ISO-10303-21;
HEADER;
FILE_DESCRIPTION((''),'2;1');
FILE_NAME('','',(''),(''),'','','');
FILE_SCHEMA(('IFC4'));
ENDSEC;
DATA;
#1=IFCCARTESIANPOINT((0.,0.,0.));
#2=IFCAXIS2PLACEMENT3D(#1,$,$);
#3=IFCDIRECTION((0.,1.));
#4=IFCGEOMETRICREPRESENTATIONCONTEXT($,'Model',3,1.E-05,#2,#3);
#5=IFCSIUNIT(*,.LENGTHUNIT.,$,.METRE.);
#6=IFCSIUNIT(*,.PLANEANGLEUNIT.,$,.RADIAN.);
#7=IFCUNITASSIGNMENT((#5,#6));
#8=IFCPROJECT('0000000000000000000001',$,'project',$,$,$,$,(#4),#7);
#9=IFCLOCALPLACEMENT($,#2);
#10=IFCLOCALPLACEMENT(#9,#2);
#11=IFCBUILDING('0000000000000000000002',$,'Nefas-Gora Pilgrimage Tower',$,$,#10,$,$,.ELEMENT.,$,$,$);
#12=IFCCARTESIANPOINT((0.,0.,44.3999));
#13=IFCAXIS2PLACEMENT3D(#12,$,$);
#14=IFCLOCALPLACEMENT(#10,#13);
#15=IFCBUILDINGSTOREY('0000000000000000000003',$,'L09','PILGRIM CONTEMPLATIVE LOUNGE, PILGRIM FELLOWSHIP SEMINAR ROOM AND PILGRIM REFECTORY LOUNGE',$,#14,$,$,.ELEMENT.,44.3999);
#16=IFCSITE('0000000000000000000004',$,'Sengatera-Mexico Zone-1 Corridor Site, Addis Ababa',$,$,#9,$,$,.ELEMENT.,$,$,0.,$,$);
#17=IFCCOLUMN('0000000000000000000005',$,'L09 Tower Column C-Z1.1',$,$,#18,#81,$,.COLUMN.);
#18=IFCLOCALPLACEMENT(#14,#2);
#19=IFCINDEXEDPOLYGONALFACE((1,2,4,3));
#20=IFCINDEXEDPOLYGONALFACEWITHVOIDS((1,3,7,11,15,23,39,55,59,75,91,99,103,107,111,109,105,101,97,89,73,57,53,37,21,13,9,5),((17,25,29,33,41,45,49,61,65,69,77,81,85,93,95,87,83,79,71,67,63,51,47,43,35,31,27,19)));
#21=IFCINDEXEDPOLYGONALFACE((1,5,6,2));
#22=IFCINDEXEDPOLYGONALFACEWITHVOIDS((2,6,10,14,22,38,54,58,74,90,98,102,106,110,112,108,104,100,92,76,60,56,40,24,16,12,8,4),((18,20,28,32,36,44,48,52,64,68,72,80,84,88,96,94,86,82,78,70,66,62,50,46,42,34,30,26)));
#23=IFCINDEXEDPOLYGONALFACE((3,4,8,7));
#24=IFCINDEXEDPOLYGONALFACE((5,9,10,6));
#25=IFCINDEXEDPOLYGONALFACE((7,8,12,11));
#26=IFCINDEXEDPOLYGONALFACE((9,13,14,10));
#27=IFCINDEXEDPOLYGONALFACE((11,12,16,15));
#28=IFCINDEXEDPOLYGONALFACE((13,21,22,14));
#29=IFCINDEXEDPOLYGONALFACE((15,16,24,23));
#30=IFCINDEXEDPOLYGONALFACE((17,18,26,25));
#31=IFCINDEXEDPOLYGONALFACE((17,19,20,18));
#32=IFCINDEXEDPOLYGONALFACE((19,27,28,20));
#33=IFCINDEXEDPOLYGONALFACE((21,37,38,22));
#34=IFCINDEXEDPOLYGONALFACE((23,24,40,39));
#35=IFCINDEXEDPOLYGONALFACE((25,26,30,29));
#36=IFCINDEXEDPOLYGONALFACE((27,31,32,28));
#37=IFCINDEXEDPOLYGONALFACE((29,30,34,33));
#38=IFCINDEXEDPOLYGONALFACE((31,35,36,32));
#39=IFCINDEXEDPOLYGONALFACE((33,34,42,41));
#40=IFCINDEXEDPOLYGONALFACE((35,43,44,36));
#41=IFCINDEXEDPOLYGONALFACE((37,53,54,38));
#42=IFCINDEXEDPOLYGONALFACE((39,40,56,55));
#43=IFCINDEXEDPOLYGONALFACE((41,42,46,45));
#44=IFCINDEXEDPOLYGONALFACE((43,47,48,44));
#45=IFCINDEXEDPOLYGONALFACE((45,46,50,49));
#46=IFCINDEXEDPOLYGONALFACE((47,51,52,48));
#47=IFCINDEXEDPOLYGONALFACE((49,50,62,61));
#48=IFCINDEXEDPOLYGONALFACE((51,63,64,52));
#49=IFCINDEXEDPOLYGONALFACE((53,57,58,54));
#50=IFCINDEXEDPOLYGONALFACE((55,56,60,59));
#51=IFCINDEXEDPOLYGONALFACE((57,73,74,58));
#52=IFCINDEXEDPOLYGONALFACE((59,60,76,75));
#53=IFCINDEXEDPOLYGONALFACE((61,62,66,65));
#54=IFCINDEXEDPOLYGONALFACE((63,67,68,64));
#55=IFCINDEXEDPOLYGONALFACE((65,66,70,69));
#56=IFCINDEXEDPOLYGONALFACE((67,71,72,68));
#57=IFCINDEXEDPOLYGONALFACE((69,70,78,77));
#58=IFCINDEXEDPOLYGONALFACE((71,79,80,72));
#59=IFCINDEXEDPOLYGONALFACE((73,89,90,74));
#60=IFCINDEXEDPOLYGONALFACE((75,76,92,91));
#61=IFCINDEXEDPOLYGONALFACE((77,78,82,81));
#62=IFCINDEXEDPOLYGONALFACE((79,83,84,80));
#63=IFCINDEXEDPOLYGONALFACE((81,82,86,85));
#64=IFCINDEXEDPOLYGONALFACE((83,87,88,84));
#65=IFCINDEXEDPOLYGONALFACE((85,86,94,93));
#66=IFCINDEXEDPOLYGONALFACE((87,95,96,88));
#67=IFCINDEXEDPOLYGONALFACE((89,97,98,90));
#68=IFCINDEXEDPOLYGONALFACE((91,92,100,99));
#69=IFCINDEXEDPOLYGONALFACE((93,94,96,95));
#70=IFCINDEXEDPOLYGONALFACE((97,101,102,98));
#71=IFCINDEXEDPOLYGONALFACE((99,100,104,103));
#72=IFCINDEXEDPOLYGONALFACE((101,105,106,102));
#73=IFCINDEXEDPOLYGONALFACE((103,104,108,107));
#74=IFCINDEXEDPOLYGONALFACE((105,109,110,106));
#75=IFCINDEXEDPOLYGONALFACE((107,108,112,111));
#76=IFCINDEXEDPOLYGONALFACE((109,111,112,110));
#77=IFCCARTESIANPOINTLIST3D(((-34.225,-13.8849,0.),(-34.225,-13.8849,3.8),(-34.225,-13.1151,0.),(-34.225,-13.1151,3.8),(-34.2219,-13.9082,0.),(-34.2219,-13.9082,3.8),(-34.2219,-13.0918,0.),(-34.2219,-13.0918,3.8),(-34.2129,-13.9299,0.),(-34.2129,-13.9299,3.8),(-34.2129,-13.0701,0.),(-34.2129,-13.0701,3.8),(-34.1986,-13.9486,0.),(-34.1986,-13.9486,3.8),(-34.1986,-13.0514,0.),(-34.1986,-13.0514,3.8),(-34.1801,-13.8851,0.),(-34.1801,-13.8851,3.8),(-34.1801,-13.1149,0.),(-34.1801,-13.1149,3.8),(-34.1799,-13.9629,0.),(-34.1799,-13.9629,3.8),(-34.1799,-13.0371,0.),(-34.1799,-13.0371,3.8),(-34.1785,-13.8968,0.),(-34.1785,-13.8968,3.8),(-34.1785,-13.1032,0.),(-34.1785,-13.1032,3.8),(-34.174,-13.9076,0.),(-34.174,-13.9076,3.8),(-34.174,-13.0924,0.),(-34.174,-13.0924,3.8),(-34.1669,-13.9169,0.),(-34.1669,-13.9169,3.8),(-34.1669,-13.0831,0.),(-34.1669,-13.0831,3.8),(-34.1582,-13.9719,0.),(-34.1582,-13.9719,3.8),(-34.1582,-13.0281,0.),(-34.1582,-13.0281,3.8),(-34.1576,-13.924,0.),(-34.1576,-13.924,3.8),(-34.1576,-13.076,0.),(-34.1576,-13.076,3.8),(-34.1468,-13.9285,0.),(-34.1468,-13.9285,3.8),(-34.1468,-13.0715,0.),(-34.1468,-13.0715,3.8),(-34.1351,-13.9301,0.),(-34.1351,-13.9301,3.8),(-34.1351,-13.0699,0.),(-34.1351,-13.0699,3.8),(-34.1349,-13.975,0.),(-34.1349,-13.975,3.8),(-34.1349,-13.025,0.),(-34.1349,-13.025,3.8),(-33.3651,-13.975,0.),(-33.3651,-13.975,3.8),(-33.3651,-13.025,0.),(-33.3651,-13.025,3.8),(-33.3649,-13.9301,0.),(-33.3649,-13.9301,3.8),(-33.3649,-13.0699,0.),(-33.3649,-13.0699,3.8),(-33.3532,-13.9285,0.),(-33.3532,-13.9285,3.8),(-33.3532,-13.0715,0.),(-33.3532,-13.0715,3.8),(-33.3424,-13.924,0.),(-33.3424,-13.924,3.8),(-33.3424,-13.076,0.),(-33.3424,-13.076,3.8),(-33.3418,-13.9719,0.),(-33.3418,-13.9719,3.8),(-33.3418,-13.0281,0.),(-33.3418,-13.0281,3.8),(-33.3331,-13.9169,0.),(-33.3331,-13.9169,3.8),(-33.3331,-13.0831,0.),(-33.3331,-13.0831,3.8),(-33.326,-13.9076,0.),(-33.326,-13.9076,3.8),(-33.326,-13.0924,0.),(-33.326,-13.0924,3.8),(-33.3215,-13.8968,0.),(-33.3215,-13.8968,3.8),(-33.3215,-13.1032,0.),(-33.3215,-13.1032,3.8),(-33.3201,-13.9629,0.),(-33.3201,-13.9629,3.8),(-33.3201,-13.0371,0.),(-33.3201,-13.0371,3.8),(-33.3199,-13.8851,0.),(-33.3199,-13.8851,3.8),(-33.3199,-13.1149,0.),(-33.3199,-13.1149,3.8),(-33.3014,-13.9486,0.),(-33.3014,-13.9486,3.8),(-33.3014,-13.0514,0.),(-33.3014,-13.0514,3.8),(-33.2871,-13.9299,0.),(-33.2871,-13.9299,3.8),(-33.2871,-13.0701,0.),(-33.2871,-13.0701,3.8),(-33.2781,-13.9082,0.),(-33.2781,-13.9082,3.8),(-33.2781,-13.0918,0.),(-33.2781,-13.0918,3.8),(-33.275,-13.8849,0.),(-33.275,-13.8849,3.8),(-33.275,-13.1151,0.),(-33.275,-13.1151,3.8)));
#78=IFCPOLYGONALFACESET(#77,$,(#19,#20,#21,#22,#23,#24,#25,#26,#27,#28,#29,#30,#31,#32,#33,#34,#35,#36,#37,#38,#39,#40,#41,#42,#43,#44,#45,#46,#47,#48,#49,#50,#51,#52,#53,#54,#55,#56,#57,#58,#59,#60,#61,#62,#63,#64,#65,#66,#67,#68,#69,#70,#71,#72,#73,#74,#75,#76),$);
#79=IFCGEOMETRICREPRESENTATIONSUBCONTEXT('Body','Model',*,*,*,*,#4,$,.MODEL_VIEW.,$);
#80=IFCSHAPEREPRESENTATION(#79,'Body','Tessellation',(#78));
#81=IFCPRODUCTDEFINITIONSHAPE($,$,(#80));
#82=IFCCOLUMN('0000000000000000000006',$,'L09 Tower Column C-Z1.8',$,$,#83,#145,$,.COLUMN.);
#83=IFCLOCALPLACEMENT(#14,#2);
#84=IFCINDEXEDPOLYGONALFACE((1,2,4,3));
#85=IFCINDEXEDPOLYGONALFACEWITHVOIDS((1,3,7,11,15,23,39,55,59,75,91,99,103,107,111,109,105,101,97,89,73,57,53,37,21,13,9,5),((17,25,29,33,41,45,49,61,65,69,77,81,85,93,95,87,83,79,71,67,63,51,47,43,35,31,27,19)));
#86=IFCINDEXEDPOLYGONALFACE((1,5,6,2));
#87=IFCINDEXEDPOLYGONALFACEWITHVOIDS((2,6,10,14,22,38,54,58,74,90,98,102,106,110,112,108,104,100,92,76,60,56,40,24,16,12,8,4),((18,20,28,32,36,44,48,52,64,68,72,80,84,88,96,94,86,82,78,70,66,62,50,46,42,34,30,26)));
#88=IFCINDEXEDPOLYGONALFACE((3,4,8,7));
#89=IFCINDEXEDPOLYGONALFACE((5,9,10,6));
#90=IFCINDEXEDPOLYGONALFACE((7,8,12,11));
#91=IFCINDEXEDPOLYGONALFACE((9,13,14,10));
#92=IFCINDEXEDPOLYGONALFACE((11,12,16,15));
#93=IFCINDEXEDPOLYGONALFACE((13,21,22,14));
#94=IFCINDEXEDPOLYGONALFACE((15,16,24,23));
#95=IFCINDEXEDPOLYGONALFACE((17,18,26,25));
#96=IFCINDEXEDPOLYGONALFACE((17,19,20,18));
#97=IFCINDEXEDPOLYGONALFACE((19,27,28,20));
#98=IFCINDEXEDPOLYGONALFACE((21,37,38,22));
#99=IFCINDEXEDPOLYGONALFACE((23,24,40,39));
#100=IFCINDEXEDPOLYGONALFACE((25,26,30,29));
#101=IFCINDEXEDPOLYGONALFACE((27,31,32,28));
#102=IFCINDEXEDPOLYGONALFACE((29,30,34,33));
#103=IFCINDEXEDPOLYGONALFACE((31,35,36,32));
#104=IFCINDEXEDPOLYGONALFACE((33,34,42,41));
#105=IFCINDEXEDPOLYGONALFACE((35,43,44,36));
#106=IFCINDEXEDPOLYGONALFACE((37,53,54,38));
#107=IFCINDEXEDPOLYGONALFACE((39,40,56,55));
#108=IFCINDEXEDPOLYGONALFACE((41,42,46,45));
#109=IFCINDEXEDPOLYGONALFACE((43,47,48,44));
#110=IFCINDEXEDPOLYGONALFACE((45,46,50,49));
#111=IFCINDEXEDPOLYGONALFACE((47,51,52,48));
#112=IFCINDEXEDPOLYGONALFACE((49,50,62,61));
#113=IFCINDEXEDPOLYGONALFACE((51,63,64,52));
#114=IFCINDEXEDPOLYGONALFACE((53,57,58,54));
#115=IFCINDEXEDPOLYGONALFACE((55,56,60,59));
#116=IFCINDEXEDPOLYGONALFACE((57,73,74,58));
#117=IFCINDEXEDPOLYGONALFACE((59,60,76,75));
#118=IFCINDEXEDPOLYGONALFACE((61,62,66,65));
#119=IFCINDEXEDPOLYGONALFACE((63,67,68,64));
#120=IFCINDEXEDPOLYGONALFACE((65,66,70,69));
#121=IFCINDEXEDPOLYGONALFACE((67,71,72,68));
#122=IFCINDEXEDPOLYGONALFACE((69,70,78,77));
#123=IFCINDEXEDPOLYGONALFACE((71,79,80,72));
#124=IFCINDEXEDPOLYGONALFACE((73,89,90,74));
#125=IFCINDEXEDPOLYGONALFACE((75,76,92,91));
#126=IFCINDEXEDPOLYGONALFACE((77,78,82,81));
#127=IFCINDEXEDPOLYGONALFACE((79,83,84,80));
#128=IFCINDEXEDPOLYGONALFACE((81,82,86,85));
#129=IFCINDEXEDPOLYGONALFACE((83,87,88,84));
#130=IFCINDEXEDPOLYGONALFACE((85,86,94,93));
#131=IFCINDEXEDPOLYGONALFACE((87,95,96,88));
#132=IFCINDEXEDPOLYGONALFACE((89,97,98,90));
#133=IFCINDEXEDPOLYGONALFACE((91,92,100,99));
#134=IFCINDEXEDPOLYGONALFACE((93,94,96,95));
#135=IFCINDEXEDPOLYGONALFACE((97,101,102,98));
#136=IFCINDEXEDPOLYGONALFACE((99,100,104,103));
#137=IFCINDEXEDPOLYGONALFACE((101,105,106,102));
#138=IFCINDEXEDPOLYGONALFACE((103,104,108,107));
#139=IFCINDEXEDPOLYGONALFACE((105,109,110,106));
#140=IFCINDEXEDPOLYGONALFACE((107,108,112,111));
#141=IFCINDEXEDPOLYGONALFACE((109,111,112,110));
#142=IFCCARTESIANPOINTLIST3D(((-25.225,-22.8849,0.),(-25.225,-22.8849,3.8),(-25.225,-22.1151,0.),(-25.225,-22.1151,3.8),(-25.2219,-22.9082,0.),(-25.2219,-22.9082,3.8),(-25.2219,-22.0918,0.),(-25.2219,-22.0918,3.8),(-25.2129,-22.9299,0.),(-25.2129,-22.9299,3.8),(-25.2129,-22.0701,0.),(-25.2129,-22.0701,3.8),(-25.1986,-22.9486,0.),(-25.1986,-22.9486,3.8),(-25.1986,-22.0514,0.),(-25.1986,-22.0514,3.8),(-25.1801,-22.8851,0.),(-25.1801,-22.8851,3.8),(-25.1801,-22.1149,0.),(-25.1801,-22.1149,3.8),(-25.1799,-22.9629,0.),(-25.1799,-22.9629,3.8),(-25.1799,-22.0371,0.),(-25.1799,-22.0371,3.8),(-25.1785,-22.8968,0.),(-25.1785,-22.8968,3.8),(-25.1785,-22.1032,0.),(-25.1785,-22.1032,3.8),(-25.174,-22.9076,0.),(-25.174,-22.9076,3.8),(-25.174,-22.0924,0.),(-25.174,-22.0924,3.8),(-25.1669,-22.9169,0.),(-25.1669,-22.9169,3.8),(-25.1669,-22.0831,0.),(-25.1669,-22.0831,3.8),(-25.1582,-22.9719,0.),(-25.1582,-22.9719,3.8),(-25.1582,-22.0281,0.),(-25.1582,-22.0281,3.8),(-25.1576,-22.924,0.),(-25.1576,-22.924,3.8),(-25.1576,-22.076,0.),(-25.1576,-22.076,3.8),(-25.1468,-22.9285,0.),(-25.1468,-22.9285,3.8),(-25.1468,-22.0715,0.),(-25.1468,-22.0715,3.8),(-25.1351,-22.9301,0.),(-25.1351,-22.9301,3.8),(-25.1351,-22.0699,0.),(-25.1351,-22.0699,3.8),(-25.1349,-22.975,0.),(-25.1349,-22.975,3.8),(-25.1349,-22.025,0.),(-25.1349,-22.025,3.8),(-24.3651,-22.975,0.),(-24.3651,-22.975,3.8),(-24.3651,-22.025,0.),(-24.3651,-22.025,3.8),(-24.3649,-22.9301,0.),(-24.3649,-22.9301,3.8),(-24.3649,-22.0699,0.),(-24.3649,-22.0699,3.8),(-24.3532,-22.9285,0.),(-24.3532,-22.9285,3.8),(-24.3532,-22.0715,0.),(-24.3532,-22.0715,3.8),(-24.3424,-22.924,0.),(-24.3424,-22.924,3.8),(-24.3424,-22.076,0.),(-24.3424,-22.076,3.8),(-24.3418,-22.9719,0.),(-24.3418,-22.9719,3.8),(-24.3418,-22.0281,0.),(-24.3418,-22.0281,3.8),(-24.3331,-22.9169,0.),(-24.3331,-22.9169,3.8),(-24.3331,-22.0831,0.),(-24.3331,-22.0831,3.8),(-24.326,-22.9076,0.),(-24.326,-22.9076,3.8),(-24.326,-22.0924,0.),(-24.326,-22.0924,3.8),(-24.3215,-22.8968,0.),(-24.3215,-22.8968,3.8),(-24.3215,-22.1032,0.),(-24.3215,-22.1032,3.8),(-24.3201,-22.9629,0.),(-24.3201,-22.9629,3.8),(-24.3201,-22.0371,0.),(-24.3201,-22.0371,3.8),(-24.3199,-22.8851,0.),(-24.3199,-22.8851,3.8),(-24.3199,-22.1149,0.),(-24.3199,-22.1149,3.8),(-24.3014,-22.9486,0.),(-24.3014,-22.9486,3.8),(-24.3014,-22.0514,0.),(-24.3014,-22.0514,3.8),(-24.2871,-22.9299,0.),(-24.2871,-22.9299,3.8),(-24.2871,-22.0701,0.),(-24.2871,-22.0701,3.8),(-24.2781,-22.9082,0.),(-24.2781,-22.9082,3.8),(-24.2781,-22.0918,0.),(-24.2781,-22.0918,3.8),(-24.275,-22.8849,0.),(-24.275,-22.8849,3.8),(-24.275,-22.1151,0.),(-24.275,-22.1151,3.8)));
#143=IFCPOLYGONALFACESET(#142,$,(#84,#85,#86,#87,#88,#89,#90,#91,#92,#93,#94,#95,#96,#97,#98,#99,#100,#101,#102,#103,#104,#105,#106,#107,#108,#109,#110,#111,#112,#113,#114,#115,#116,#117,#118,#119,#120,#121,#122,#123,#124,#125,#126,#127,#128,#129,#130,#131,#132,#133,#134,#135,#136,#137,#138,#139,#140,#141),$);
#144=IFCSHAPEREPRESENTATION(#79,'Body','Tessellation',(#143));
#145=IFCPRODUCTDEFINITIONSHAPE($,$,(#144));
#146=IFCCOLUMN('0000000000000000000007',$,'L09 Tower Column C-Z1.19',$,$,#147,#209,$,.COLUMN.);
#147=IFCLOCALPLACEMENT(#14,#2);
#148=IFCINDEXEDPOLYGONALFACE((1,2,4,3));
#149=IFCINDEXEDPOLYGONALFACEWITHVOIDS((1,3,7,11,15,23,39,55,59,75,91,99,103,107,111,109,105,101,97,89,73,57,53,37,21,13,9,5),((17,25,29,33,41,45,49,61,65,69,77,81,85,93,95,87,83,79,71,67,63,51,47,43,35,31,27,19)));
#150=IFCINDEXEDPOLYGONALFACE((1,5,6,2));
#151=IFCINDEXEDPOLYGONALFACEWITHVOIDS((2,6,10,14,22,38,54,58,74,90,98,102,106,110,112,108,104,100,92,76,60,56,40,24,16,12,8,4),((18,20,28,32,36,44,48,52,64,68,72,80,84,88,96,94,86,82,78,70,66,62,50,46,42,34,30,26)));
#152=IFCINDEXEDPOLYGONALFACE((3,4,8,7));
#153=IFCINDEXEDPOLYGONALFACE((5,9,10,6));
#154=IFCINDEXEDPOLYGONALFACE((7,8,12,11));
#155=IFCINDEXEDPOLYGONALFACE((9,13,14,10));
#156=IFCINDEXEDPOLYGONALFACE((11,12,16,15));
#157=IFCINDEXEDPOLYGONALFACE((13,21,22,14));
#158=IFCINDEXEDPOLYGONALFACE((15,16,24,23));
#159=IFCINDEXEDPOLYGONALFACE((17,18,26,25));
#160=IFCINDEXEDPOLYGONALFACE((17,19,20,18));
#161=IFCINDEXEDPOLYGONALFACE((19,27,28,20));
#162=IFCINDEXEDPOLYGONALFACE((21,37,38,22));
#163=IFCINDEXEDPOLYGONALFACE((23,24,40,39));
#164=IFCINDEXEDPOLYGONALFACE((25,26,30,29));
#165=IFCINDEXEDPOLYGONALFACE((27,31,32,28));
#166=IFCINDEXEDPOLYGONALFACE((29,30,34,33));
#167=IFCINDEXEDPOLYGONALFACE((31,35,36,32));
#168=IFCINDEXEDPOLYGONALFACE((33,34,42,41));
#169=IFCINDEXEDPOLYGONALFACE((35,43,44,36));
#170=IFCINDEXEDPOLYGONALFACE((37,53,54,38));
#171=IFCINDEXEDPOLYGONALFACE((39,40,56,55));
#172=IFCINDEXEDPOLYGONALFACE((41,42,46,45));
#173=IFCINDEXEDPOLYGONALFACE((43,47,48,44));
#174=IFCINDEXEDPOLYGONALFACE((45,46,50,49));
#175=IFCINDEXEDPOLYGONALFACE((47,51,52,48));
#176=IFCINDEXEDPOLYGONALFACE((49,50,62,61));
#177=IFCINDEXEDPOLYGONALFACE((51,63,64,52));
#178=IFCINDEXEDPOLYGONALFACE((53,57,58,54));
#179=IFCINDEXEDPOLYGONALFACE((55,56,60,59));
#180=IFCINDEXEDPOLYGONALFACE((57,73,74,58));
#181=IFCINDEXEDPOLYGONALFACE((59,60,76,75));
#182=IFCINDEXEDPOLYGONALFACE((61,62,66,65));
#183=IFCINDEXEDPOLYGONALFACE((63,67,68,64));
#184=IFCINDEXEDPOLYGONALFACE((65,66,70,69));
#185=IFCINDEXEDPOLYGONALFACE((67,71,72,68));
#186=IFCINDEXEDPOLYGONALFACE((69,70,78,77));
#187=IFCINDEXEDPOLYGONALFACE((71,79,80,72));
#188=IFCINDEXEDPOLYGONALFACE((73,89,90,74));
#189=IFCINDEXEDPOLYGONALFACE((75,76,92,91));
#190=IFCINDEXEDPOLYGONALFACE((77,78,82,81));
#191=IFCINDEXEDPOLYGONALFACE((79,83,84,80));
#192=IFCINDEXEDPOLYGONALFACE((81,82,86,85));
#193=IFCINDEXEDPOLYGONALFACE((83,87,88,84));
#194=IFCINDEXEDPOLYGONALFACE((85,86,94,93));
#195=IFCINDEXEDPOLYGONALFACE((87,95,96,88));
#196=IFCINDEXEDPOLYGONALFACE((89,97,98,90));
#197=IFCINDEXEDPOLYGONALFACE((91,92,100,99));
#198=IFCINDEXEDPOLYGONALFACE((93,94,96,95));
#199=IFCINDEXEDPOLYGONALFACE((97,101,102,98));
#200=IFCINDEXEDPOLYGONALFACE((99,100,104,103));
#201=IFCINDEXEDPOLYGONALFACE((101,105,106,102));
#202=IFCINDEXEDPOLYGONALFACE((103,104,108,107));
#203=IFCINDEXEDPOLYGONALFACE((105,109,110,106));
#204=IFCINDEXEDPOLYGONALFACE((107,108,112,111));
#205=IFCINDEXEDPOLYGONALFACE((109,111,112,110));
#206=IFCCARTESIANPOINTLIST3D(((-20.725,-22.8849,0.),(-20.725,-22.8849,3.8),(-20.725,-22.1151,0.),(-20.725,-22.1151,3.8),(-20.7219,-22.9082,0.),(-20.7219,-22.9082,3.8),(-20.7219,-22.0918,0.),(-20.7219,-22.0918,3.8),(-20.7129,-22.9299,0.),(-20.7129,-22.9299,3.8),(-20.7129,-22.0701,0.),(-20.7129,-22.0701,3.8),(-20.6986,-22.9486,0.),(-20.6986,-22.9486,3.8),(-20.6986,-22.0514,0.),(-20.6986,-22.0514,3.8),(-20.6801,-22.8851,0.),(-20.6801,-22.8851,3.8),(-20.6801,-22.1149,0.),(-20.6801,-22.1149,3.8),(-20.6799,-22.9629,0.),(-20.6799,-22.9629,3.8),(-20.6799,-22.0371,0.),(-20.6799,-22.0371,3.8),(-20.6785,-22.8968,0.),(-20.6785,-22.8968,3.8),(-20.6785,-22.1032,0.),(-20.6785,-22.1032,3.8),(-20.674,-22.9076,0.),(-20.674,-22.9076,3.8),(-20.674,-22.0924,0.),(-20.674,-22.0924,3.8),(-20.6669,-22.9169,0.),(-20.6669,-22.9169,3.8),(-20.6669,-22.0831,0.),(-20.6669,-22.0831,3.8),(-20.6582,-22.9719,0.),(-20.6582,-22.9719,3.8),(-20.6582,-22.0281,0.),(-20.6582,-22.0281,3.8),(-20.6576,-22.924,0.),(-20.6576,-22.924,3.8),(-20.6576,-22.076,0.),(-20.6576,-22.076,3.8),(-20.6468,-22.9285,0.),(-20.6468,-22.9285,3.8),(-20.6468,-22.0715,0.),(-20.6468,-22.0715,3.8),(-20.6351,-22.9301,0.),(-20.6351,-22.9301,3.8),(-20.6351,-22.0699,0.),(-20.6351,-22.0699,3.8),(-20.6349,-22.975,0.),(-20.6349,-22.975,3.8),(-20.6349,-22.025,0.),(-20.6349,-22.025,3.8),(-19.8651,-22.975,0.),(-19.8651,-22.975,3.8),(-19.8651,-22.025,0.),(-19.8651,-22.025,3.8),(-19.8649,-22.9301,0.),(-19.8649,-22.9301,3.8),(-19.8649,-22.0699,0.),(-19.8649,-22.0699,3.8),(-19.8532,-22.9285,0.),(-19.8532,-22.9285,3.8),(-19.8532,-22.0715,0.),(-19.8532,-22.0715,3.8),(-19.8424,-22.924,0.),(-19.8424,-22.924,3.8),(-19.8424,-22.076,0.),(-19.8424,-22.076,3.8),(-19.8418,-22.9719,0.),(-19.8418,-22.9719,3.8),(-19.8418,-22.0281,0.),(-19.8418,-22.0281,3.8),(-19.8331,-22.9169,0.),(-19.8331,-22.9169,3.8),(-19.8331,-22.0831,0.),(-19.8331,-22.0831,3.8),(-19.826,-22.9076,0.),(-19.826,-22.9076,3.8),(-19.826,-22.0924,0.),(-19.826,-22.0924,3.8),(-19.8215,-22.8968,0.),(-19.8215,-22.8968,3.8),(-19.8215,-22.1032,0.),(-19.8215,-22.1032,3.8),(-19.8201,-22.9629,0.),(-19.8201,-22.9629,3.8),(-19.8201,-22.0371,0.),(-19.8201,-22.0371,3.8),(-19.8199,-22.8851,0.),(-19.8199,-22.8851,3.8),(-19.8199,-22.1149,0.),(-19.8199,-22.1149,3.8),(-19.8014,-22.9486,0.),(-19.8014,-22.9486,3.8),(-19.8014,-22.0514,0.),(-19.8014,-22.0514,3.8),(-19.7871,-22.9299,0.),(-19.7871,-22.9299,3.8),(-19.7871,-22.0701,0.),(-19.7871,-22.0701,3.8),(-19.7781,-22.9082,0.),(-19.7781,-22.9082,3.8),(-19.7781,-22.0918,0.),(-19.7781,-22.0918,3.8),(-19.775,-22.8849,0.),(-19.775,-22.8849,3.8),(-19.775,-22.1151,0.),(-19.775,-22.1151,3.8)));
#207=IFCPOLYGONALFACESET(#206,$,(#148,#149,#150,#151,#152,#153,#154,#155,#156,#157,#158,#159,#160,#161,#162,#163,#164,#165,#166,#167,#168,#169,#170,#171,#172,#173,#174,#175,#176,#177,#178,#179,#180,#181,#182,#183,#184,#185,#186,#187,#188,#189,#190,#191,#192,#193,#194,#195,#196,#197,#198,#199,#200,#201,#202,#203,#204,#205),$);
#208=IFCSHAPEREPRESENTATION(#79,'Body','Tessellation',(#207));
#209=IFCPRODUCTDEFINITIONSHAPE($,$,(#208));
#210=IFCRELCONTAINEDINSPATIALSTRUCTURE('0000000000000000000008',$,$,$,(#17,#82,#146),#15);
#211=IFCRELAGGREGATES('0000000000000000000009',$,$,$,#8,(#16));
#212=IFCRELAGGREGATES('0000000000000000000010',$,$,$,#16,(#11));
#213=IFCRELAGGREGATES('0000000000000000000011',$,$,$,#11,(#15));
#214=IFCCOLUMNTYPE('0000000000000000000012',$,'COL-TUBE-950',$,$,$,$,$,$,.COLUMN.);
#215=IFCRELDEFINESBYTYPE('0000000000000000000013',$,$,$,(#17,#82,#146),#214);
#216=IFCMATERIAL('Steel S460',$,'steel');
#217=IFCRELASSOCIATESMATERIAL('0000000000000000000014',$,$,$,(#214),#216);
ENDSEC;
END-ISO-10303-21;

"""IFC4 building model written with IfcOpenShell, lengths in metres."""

from ifc_helpers import new_model, si_unit, direction, frame, origin, origin_2d, place, context, subcontext, project, spatial, hollow_rectangle, extrude, source, transform, mapped, material, material_profile, profile_set, type_object, element, save


model = new_model("IFC4")

# Units and contexts
model_context = context("Model", 3, precision=1e-05, world=origin(), true_north=direction((0.0, 1.0)))
body_context = subcontext(model_context, "Body", "Model", "MODEL_VIEW")
ifc_project = project(units=[si_unit("LENGTHUNIT", "METRE"), si_unit("PLANEANGLEUNIT", "RADIAN")], contexts=[model_context])

# Site, building, storey
site_placement = place(None, origin())
site = spatial("IfcSite", under=ifc_project, at=site_placement, Name="Sengatera-Mexico Zone-1 Corridor Site, Addis Ababa", CompositionType="ELEMENT", RefElevation=0.0)
building_placement = place(site_placement, origin())
building = spatial("IfcBuilding", under=site, at=building_placement, Name="Nefas-Gora Pilgrimage Tower", CompositionType="ELEMENT")
storey_placement = place(building_placement, frame((0.0, 0.0, 44.3999)))
storey = spatial("IfcBuildingStorey", under=building, at=storey_placement, Name="L09", Description="PILGRIM CONTEMPLATIVE LOUNGE, PILGRIM FELLOWSHIP SEMINAR ROOM AND PILGRIM REFECTORY LOUNGE", CompositionType="ELEMENT", Elevation=44.3999)

# Columns
ifc_material_1 = material(Name="Steel S460", Category="steel")
ifc_material_profile_1 = material_profile(ifc_material_1, hollow_rectangle(XDim=0.95, YDim=0.95, WallThickness=0.0449, InnerFilletRadius=0.0449, OuterFilletRadius=0.0901, at=origin_2d()), Name="BOX 950x950x45")
ifc_profile_set_1 = profile_set([ifc_material_profile_1], Name="Steel S460")
column_type_1 = type_object("IfcColumnType", Name="COL-TUBE-950", PredefinedType="COLUMN", material=ifc_profile_set_1)
shared_shape_1 = source(origin(), body_context, "Body", "SweptSolid", [
    extrude(hollow_rectangle(XDim=0.95, YDim=0.95, WallThickness=0.0449, InnerFilletRadius=0.0449, OuterFilletRadius=0.0901, at=origin_2d()), origin(), (0.0, 0.0, 1.0), 3.8),
])
for number, where, z_axis, x_axis, name in (
    (1, (-33.75, -13.5, 0.0), (0.0, 0.0, 1.0), (1.0, 0.0, 0.0), "L09 Tower Column C-Z1.1"),
    (2, (-24.75, -22.5, 0.0), (0.0, 0.0, 1.0), (1.0, 0.0, 0.0), "L09 Tower Column C-Z1.8"),
    (3, (-20.25, -22.5, 0.0), (0.0, 0.0, 1.0), (1.0, 0.0, 0.0), "L09 Tower Column C-Z1.19"),
):
    element("IfcColumn", number, at=place(storey_placement, frame(where, z_axis=z_axis, x_axis=x_axis)), inside=storey, type_object=column_type_1, Name=name, PredefinedType="COLUMN", context=body_context, shape_type="MappedRepresentation", body=[
        mapped(shared_shape_1, transform((0.0, 0.0, 0.0), x_axis=(1.0, 0.0, 0.0), y_axis=(0.0, 1.0, 0.0), z_axis=(0.0, 0.0, 1.0), scale=1.0)),
    ])

save(model, "model.ifc")
